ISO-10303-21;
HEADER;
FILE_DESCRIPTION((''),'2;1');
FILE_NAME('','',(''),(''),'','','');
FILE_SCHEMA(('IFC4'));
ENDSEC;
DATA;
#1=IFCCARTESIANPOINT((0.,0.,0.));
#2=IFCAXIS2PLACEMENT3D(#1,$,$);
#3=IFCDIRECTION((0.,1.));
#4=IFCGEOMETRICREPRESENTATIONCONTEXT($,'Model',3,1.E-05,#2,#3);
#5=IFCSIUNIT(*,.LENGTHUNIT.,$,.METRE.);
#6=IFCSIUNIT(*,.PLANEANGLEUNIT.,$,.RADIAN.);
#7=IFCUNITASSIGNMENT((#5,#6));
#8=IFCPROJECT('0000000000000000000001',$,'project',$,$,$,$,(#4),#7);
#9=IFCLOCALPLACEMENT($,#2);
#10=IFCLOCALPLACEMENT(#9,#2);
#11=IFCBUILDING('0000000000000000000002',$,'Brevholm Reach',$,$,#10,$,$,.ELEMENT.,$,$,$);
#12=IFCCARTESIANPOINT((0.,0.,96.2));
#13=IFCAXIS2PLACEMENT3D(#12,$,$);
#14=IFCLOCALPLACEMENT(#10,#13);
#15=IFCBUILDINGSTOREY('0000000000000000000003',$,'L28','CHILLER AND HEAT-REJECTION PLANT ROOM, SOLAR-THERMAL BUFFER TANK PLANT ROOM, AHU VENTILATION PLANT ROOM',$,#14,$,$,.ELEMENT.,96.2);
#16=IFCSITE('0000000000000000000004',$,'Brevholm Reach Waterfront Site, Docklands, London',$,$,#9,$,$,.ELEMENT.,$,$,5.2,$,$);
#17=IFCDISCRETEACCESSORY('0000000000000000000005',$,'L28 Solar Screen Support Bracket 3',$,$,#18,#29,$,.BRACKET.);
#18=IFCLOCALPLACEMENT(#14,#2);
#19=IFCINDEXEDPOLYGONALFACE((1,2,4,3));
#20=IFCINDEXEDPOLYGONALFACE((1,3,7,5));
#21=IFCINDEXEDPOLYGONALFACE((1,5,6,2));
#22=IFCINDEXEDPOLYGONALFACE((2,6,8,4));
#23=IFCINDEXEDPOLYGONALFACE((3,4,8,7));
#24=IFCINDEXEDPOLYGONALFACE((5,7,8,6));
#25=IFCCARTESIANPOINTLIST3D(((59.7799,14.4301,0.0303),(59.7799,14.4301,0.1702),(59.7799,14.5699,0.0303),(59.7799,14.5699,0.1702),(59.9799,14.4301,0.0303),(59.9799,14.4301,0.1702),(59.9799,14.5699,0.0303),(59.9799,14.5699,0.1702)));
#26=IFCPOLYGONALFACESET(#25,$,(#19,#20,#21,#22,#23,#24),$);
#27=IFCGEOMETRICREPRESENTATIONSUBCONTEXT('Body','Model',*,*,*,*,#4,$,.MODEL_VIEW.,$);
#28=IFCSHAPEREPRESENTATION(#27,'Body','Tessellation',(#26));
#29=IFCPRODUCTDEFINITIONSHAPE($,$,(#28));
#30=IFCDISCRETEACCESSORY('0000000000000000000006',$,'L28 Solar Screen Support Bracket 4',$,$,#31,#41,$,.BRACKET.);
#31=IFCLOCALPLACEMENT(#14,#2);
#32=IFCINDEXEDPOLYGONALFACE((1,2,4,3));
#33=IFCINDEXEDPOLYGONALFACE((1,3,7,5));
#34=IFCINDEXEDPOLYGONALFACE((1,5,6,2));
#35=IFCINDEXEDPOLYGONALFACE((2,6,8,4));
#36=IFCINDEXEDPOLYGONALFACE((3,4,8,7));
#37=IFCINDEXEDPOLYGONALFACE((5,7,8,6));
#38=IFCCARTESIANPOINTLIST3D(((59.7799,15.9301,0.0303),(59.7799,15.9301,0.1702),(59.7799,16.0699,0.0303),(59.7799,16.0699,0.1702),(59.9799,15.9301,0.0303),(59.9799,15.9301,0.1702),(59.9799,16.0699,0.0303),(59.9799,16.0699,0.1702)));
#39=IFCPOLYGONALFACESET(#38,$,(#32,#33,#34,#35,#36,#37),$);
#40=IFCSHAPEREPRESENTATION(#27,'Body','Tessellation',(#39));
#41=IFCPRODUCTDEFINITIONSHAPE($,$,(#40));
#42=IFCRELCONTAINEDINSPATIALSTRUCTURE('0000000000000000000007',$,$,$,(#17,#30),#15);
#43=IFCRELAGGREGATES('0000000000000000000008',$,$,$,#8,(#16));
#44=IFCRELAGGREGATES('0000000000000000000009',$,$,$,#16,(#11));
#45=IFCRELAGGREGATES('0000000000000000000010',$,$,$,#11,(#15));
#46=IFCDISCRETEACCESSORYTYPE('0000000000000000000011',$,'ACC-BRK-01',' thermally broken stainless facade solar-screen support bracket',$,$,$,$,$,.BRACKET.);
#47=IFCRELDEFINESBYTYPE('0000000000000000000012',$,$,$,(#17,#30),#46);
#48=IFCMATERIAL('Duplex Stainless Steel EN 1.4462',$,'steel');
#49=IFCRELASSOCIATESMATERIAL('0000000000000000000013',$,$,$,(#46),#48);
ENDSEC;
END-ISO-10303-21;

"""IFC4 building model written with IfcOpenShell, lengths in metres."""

from ifc_helpers import new_model, si_unit, direction, frame, origin, origin_2d, place, context, subcontext, project, spatial, rectangle, extrude, material, type_object, element, save


model = new_model("IFC4")

# Units and contexts
model_context = context("Model", 3, precision=1e-05, world=origin(), true_north=direction((0.0, 1.0)))
body_context = subcontext(model_context, "Body", "Model", "MODEL_VIEW")
ifc_project = project(units=[si_unit("LENGTHUNIT", "METRE"), si_unit("PLANEANGLEUNIT", "RADIAN")], contexts=[model_context])

# Site, building, storey
site_placement = place(None, origin())
site = spatial("IfcSite", under=ifc_project, at=site_placement, Name="Brevholm Reach Waterfront Site, Docklands, London", CompositionType="ELEMENT", RefElevation=5.2)
building_placement = place(site_placement, origin())
building = spatial("IfcBuilding", under=site, at=building_placement, Name="Brevholm Reach", CompositionType="ELEMENT")
storey_placement = place(building_placement, frame((0.0, 0.0, 96.2)))
storey = spatial("IfcBuildingStorey", under=building, at=storey_placement, Name="L28", Description="CHILLER AND HEAT-REJECTION PLANT ROOM, SOLAR-THERMAL BUFFER TANK PLANT ROOM, AHU VENTILATION PLANT ROOM", CompositionType="ELEMENT", Elevation=96.2)

# Discrete accessories
ifc_material_1 = material(Name="Duplex Stainless Steel EN 1.4462", Category="steel")
discrete_accessory_type = type_object("IfcDiscreteAccessoryType", Name="ACC-BRK-01", Description=" thermally broken stainless facade solar-screen support bracket", PredefinedType="BRACKET", material=ifc_material_1)
for number, where, z_axis, x_axis, name in (
    (1, (59.8799, 14.5, 0.0303), (0.0, 0.0, 1.0), (1.0, 0.0, 0.0), "L28 Solar Screen Support Bracket 3"),
    (2, (59.8799, 16.0, 0.0303), (0.0, 0.0, 1.0), (1.0, 0.0, 0.0), "L28 Solar Screen Support Bracket 4"),
):
    element("IfcDiscreteAccessory", number, at=place(storey_placement, frame(where, z_axis=z_axis, x_axis=x_axis)), inside=storey, type_object=discrete_accessory_type, Name=name, PredefinedType="BRACKET", context=body_context, shape_type="SweptSolid", body=[
        extrude(rectangle(XDim=0.2, YDim=0.1399, at=origin_2d()), origin(), (0.0, 0.0, 1.0), 0.1399),
    ])

save(model, "model.ifc")
